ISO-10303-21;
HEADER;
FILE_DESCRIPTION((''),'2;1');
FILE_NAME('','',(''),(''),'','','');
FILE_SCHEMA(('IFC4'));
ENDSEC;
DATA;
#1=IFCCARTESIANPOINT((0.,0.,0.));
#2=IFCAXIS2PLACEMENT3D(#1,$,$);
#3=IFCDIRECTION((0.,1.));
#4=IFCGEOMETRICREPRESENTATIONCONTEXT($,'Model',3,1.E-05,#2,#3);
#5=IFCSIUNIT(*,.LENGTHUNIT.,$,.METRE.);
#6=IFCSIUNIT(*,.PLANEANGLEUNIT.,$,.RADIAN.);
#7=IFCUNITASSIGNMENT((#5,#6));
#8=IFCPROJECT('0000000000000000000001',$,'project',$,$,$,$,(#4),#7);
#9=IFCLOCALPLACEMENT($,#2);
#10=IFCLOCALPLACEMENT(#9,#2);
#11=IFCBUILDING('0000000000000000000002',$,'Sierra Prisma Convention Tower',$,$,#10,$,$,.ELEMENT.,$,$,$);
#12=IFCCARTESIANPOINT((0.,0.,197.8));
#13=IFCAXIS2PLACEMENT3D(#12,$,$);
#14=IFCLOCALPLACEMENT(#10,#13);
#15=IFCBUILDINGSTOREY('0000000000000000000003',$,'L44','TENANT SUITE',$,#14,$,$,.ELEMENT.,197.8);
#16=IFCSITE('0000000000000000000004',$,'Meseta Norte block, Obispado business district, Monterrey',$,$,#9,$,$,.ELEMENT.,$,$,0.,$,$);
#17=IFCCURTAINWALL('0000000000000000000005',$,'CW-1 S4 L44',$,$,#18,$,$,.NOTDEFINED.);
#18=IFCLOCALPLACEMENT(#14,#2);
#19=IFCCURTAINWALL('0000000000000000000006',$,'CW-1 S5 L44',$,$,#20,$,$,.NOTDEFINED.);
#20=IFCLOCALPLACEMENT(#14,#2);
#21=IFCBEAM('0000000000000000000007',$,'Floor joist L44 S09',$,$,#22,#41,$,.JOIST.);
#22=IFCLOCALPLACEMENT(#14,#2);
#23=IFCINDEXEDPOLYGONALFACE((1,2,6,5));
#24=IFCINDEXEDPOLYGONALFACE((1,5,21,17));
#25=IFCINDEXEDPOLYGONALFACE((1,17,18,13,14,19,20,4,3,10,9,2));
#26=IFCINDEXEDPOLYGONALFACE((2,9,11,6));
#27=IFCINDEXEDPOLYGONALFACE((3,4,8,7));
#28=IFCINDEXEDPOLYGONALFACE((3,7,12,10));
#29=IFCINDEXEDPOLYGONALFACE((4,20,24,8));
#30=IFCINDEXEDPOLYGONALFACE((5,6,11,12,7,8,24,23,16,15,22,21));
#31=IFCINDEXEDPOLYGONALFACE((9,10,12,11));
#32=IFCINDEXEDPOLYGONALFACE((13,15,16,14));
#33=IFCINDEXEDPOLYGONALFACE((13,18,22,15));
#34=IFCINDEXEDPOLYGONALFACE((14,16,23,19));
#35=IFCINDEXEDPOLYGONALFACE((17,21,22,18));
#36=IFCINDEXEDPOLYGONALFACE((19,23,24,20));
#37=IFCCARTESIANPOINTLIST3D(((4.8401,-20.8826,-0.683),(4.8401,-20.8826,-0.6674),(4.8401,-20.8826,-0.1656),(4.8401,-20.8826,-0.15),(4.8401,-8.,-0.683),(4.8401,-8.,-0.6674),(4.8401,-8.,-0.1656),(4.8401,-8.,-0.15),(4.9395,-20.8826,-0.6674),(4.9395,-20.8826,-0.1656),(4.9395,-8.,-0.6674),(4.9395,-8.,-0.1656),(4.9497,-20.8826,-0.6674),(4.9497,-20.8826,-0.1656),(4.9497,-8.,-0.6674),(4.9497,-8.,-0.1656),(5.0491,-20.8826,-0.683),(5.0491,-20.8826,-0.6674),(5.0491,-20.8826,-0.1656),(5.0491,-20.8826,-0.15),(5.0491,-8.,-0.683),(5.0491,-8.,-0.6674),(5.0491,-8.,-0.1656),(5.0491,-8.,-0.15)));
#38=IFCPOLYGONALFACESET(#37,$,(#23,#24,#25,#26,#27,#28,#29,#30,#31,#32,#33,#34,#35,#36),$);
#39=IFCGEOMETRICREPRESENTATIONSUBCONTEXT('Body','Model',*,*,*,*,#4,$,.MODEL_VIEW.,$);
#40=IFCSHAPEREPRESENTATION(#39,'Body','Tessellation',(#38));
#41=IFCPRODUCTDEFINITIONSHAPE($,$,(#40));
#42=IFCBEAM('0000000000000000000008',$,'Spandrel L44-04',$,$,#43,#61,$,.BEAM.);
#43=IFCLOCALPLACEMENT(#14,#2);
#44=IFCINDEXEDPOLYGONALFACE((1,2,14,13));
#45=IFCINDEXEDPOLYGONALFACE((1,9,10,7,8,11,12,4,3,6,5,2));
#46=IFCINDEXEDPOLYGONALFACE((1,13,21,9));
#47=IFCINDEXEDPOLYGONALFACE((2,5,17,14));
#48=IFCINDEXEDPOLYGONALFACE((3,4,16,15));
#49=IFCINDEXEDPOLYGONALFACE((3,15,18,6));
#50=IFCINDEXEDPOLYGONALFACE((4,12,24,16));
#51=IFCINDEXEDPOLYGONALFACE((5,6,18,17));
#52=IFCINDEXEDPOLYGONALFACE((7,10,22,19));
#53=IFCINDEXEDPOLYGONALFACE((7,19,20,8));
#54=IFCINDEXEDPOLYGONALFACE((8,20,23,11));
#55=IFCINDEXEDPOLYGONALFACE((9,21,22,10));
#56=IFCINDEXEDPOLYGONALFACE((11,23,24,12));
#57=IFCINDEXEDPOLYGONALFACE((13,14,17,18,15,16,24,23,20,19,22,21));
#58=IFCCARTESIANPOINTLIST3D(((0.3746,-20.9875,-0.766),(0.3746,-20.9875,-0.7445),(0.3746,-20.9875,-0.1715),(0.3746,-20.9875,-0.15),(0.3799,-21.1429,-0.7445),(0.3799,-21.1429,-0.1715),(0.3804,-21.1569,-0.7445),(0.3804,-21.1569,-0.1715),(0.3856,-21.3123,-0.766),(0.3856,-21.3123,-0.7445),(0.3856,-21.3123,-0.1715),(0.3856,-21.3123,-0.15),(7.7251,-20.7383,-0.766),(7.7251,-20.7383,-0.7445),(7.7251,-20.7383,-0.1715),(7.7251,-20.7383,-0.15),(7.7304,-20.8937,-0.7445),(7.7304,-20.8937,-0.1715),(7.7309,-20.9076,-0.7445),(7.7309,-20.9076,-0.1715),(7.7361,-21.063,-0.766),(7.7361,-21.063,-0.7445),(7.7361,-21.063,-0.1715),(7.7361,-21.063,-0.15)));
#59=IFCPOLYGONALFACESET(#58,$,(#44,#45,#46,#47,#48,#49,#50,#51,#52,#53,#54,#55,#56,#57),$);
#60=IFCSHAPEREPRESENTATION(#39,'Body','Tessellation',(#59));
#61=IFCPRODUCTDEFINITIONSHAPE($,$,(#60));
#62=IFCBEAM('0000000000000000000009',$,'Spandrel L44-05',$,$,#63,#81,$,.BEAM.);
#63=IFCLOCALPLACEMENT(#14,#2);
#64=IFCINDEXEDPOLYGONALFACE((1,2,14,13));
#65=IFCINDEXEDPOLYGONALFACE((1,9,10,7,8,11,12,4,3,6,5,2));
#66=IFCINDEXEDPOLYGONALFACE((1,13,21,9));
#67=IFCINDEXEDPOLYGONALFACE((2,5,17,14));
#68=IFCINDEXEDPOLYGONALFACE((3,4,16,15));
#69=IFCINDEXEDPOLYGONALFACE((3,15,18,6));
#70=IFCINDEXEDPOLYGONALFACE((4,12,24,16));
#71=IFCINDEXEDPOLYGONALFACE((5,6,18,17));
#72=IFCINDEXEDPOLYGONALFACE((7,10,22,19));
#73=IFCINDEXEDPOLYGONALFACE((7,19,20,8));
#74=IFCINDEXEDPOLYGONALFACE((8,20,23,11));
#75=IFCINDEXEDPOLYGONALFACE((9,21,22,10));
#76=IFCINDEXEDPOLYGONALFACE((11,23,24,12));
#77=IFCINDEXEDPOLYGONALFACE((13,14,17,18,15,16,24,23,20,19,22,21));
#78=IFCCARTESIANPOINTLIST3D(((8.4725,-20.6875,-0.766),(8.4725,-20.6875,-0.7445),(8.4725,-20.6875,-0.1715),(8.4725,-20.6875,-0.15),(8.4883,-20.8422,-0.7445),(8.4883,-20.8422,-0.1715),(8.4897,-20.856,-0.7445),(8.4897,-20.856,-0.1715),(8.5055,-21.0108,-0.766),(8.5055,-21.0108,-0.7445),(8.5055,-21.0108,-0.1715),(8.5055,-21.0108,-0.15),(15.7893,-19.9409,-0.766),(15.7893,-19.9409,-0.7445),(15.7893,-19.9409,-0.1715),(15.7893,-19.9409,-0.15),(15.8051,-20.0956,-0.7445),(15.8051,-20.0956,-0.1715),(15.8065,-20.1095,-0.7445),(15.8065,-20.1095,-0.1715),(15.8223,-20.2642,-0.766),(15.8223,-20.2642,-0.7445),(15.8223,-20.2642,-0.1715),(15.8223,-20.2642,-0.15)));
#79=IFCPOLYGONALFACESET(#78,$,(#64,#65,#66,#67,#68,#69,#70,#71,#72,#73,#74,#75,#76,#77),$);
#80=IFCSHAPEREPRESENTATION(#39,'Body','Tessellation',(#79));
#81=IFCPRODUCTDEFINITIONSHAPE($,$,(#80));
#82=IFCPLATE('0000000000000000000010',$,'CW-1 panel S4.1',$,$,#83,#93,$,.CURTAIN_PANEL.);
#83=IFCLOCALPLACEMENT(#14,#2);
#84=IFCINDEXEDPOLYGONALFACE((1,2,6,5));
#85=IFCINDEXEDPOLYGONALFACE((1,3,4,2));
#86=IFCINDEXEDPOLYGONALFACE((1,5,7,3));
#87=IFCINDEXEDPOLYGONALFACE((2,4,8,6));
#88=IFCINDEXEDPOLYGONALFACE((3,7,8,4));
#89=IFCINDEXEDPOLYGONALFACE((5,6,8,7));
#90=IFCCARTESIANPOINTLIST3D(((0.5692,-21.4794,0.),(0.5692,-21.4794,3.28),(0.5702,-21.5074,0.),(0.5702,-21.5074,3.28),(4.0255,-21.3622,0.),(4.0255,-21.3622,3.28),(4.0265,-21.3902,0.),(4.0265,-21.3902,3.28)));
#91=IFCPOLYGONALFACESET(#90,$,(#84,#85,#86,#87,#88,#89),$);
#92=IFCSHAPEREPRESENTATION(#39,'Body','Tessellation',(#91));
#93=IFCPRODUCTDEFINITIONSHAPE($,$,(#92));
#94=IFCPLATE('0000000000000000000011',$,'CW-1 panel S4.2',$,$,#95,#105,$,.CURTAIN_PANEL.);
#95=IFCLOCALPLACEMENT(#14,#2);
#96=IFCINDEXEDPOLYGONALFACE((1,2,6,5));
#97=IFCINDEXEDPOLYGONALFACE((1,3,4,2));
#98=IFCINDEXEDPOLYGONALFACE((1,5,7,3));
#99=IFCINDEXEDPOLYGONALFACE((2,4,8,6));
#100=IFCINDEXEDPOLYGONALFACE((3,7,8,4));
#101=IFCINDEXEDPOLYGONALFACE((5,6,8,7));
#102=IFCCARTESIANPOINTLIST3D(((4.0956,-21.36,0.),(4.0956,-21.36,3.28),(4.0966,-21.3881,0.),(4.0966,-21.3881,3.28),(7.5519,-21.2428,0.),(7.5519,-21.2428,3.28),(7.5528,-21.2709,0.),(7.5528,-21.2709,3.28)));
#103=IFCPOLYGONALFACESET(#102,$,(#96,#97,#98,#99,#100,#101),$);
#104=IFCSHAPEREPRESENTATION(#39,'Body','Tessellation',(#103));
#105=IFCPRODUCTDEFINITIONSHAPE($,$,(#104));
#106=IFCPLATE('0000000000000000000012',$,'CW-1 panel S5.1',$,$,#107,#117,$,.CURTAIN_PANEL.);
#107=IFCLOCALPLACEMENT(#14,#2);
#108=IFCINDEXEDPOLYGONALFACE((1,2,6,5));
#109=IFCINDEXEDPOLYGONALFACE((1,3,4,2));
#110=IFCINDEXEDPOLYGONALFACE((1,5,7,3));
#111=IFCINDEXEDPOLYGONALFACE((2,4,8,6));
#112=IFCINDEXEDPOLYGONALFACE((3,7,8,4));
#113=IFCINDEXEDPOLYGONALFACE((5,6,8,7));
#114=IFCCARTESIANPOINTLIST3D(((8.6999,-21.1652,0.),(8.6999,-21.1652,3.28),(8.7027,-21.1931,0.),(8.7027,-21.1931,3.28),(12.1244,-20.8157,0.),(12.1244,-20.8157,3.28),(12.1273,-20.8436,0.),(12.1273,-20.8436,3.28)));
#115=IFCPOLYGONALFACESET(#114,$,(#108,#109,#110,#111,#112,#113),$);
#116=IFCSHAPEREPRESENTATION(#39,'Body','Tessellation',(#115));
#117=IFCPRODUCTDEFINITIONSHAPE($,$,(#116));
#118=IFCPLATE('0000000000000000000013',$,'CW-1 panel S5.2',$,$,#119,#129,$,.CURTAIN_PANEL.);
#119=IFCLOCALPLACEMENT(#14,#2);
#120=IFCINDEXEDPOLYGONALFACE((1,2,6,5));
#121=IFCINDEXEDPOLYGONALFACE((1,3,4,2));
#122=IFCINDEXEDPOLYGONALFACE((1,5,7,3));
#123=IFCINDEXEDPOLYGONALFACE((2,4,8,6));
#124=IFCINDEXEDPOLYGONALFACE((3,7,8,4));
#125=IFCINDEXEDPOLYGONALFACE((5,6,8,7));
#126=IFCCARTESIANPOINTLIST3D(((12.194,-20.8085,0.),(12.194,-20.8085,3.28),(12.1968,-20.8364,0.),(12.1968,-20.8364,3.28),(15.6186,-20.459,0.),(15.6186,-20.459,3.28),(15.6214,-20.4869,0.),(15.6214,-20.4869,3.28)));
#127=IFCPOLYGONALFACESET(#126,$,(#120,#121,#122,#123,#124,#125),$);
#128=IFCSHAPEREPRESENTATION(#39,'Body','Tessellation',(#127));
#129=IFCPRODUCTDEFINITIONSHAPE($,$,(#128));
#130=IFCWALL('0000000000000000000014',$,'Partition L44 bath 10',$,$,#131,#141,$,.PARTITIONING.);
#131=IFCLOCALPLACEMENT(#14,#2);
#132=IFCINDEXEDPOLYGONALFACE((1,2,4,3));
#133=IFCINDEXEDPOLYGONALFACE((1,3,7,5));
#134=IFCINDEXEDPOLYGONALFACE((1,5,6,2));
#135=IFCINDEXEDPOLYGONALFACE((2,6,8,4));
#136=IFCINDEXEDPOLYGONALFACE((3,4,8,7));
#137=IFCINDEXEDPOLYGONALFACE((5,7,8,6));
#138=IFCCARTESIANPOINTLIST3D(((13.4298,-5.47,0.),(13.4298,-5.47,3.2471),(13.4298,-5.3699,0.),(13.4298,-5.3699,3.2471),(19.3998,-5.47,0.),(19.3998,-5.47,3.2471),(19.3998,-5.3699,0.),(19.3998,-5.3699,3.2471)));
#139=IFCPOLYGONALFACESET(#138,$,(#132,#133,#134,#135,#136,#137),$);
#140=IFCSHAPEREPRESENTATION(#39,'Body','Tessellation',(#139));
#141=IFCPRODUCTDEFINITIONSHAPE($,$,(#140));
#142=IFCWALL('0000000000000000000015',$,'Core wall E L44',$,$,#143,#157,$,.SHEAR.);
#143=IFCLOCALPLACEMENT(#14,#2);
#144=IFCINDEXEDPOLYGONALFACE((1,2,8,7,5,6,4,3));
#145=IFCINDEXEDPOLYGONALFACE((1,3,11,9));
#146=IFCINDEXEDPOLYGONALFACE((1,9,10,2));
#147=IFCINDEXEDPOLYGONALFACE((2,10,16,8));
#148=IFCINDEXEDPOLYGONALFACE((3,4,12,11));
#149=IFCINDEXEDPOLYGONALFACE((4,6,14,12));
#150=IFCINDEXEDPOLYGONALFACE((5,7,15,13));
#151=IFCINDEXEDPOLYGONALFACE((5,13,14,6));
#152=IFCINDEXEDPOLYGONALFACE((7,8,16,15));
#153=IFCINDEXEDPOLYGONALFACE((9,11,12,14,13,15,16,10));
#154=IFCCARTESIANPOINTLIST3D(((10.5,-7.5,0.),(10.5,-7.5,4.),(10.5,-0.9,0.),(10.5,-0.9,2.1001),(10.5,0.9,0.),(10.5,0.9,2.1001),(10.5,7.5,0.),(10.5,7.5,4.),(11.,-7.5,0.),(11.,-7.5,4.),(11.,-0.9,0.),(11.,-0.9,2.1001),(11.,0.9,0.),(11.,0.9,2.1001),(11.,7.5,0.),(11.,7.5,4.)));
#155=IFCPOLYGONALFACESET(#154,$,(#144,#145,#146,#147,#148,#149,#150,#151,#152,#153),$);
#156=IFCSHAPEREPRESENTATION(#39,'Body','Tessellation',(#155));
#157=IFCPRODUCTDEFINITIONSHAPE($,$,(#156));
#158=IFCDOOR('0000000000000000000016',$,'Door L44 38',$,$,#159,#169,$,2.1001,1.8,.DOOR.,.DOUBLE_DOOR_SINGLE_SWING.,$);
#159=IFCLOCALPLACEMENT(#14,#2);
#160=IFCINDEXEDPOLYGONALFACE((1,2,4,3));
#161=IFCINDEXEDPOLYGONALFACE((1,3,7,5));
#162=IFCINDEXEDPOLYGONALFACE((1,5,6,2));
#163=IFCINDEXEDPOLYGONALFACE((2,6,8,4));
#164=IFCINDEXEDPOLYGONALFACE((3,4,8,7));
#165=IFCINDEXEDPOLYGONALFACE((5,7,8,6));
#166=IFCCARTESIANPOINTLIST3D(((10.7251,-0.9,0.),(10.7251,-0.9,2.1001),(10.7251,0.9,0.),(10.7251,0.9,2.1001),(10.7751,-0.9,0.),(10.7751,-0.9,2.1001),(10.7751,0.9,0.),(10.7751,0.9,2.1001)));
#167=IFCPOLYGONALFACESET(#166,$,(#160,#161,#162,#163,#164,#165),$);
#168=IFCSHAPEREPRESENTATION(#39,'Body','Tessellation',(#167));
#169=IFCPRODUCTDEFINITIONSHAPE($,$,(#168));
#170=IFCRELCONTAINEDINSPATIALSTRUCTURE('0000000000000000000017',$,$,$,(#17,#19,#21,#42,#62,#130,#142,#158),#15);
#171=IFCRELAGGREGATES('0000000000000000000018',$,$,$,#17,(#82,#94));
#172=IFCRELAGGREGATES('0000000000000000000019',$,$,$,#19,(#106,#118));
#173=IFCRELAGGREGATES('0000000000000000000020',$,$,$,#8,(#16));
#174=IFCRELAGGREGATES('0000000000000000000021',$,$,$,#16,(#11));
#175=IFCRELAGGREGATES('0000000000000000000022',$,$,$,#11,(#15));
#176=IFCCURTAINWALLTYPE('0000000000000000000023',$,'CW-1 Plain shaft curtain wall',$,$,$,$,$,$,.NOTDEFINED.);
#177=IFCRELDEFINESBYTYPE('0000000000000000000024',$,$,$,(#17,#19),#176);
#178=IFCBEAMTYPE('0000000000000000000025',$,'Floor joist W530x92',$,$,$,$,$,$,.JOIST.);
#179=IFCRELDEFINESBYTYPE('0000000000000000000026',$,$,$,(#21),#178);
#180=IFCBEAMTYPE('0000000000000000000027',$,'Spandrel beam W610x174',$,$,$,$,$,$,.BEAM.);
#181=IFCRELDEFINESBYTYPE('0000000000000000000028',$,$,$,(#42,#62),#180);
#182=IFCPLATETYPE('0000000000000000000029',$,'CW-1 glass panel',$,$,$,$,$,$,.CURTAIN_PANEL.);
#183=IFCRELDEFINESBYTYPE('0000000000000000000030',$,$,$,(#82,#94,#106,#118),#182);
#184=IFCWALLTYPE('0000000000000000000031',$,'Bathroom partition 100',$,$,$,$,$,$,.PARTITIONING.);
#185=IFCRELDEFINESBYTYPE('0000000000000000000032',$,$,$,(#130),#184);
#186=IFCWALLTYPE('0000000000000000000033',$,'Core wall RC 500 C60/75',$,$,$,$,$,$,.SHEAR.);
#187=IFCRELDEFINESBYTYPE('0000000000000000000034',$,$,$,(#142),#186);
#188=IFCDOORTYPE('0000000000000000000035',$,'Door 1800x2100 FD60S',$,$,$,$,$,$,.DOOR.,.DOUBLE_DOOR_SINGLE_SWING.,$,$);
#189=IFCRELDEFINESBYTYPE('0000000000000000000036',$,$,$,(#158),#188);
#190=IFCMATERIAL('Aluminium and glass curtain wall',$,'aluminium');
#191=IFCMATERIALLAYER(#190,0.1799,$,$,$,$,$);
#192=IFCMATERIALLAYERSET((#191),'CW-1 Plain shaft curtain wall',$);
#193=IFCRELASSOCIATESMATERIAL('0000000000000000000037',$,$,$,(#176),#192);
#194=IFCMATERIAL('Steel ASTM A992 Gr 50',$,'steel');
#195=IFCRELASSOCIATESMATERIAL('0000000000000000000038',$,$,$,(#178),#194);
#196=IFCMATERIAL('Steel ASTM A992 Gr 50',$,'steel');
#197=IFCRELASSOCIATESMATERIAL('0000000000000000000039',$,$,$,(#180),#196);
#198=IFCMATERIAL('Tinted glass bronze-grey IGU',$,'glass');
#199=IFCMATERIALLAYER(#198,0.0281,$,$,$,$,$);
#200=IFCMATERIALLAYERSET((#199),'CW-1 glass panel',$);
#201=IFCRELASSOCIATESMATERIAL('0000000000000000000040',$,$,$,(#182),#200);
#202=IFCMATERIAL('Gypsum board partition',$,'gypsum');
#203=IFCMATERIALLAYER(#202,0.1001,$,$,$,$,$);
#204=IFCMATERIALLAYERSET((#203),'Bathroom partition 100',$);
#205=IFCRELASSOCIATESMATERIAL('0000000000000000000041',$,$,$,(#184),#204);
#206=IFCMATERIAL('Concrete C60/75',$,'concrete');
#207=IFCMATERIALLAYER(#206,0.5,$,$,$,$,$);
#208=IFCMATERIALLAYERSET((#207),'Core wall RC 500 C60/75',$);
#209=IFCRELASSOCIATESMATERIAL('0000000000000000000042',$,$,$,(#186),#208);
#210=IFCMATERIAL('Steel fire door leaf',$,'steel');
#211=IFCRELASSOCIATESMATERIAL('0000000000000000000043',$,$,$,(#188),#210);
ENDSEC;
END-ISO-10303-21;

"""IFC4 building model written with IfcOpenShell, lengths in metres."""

from ifc_helpers import new_model, si_unit, direction, frame, frame_2d, origin, origin_2d, place, context, subcontext, project, spatial, rectangle, i_section, extrude, material, layer, layer_set, material_profile, profile_set, type_object, element, fill, aggregate, save


model = new_model("IFC4")

# Units and contexts
model_context = context("Model", 3, precision=1e-05, world=origin(), true_north=direction((0.0, 1.0)))
body_context = subcontext(model_context, "Body", "Model", "MODEL_VIEW")
ifc_project = project(units=[si_unit("LENGTHUNIT", "METRE"), si_unit("PLANEANGLEUNIT", "RADIAN")], contexts=[model_context])

# Site, building, storey
site_placement = place(None, origin())
site = spatial("IfcSite", under=ifc_project, at=site_placement, Name="Meseta Norte block, Obispado business district, Monterrey", CompositionType="ELEMENT", RefElevation=0.0)
building_placement = place(site_placement, origin())
building = spatial("IfcBuilding", under=site, at=building_placement, Name="Sierra Prisma Convention Tower", CompositionType="ELEMENT")
storey_placement = place(building_placement, frame((0.0, 0.0, 197.8)))
storey = spatial("IfcBuildingStorey", under=building, at=storey_placement, Name="L44", Description="TENANT SUITE", CompositionType="ELEMENT", Elevation=197.8)

# Curtain wall
ifc_material_1 = material(Name="Aluminium and glass curtain wall", Category="aluminium")
ifc_layer_1 = layer(ifc_material_1, 0.1799)
ifc_layer_set_1 = layer_set([ifc_layer_1], Name="CW-1 Plain shaft curtain wall")
curtain_wall_type = type_object("IfcCurtainWallType", Name="CW-1 Plain shaft curtain wall", PredefinedType="NOTDEFINED", material=ifc_layer_set_1)
curtain_wall_1_placement = place(storey_placement, origin())
curtain_wall_1 = element("IfcCurtainWall", 1, at=curtain_wall_1_placement, inside=storey, type_object=curtain_wall_type, Name="CW-1 S4 L44", PredefinedType="NOTDEFINED")

# Curtain wall
curtain_wall_2_placement = place(storey_placement, origin())
curtain_wall_2 = element("IfcCurtainWall", 2, at=curtain_wall_2_placement, inside=storey, type_object=curtain_wall_type, Name="CW-1 S5 L44", PredefinedType="NOTDEFINED")

# Beams
ifc_material_2 = material(Name="Steel ASTM A992 Gr 50", Category="steel")
ifc_material_profile_1 = material_profile(ifc_material_2, i_section(OverallWidth=0.209, OverallDepth=0.533, WebThickness=0.0103, FlangeThickness=0.0156, at=origin_2d()), Name="W530x92")
ifc_profile_set_1 = profile_set([ifc_material_profile_1], Name="Steel ASTM A992 Gr 50")
beam_type_1 = type_object("IfcBeamType", Name="Floor joist W530x92", PredefinedType="JOIST", material=ifc_profile_set_1)
beam_1_placement = place(storey_placement, frame((4.9446, -20.8826, -0.4165), z_axis=(0.0, 1.0, 0.0), x_axis=(-1.0, 0.0, 0.0)))
element("IfcBeam", 3, at=beam_1_placement, inside=storey, type_object=beam_type_1, Name="Floor joist L44 S09", PredefinedType="JOIST", context=body_context, shape_type="SweptSolid", body=[
    extrude(i_section(OverallWidth=0.209, OverallDepth=0.533, WebThickness=0.0103, FlangeThickness=0.0156, at=origin_2d()), origin(), (0.0, 0.0, 1.0), 12.8826),
])
ifc_material_3 = material(Name="Steel ASTM A992 Gr 50", Category="steel")
ifc_material_profile_2 = material_profile(ifc_material_3, i_section(OverallWidth=0.325, OverallDepth=0.616, WebThickness=0.0139, FlangeThickness=0.0215, at=origin_2d()), Name="W610x174")
ifc_profile_set_2 = profile_set([ifc_material_profile_2], Name="Steel ASTM A992 Gr 50")
beam_type_2 = type_object("IfcBeamType", Name="Spandrel beam W610x174", PredefinedType="BEAM", material=ifc_profile_set_2)
for number, where, z_axis, x_axis, name in (
    (4, (0.3801, -21.1499, -0.458), (0.999426, 0.033892, 0.0), (-0.033892, 0.999426, 0.0), "Spandrel L44-04"),
    (5, (8.489, -20.8491, -0.458), (0.994834, 0.101512, 0.0), (-0.101512, 0.994834, 0.0), "Spandrel L44-05"),
):
    element("IfcBeam", number, at=place(storey_placement, frame(where, z_axis=z_axis, x_axis=x_axis)), inside=storey, type_object=beam_type_2, Name=name, PredefinedType="BEAM", context=body_context, shape_type="SweptSolid", body=[
        extrude(i_section(OverallWidth=0.325, OverallDepth=0.616, WebThickness=0.0139, FlangeThickness=0.0215, at=origin_2d()), origin(), (0.0, 0.0, 1.0), 7.3547),
    ])

# Plates
ifc_material_4 = material(Name="Tinted glass bronze-grey IGU", Category="glass")
ifc_layer_2 = layer(ifc_material_4, 0.0281)
ifc_layer_set_2 = layer_set([ifc_layer_2], Name="CW-1 glass panel")
plate_type = type_object("IfcPlateType", Name="CW-1 glass panel", PredefinedType="CURTAIN_PANEL", material=ifc_layer_set_2)
plate_1_placement = place(storey_placement, frame((2.2979, -21.4348, 0.0), z_axis=(0.0, 0.0, 1.0), x_axis=(0.999425, 0.033893, 0.0)))
plate_1 = element("IfcPlate", 6, at=plate_1_placement, type_object=plate_type, Name="CW-1 panel S4.1", PredefinedType="CURTAIN_PANEL", context=body_context, shape_type="SweptSolid", body=[
    extrude(rectangle(XDim=3.4583, YDim=0.0281, at=origin_2d()), origin(), (0.0, 0.0, 1.0), 3.28),
])
plate_2_placement = place(storey_placement, frame((5.8242, -21.3154, 0.0), z_axis=(0.0, 0.0, 1.0), x_axis=(0.999425, 0.033893, 0.0)))
plate_2 = element("IfcPlate", 7, at=plate_2_placement, type_object=plate_type, Name="CW-1 panel S4.2", PredefinedType="CURTAIN_PANEL", context=body_context, shape_type="SweptSolid", body=[
    extrude(rectangle(XDim=3.4583, YDim=0.0281, at=origin_2d()), origin(), (0.0, 0.0, 1.0), 3.28),
])
aggregate(curtain_wall_1, [plate_1, plate_2])
plate_3_placement = place(storey_placement, frame((10.4136, -21.0044, 0.0), z_axis=(0.0, 0.0, 1.0), x_axis=(0.994833, 0.101523, 0.0)))
plate_3 = element("IfcPlate", 8, at=plate_3_placement, type_object=plate_type, Name="CW-1 panel S5.1", PredefinedType="CURTAIN_PANEL", context=body_context, shape_type="SweptSolid", body=[
    extrude(rectangle(XDim=3.4424, YDim=0.0281, at=origin_2d()), origin(), (0.0, 0.0, 1.0), 3.28),
])
plate_4_placement = place(storey_placement, frame((13.9077, -20.6477, 0.0), z_axis=(0.0, 0.0, 1.0), x_axis=(0.994833, 0.101523, 0.0)))
plate_4 = element("IfcPlate", 9, at=plate_4_placement, type_object=plate_type, Name="CW-1 panel S5.2", PredefinedType="CURTAIN_PANEL", context=body_context, shape_type="SweptSolid", body=[
    extrude(rectangle(XDim=3.4424, YDim=0.0281, at=origin_2d()), origin(), (0.0, 0.0, 1.0), 3.28),
])
aggregate(curtain_wall_2, [plate_3, plate_4])

# Wall
ifc_material_5 = material(Name="Gypsum board partition", Category="gypsum")
ifc_layer_3 = layer(ifc_material_5, 0.1001)
ifc_layer_set_3 = layer_set([ifc_layer_3], Name="Bathroom partition 100")
wall_type_1 = type_object("IfcWallType", Name="Bathroom partition 100", PredefinedType="PARTITIONING", material=ifc_layer_set_3)
wall_1_placement = place(storey_placement, frame((13.4299, -5.4199, 0.0), z_axis=(0.0, 0.0, 1.0), x_axis=(1.0, 0.0, 0.0)))
element("IfcWall", 10, at=wall_1_placement, inside=storey, type_object=wall_type_1, Name="Partition L44 bath 10", PredefinedType="PARTITIONING", context=body_context, shape_type="SweptSolid", body=[
    extrude(rectangle(XDim=5.97, YDim=0.1001, at=frame_2d((2.9849, 0.0))), origin(), (0.0, 0.0, 1.0), 3.2471),
])

# Wall, opening, door
ifc_material_6 = material(Name="Concrete C60/75", Category="concrete")
ifc_layer_4 = layer(ifc_material_6, 0.5)
ifc_layer_set_4 = layer_set([ifc_layer_4], Name="Core wall RC 500 C60/75")
wall_type_2 = type_object("IfcWallType", Name="Core wall RC 500 C60/75", PredefinedType="SHEAR", material=ifc_layer_set_4)
wall_2_placement = place(storey_placement, frame((10.75, -7.5, 0.0), z_axis=(0.0, 0.0, 1.0), x_axis=(0.0, 1.0, 0.0)))
wall_2 = element("IfcWall", 11, at=wall_2_placement, inside=storey, type_object=wall_type_2, Name="Core wall E L44", PredefinedType="SHEAR", context=body_context, shape_type="SweptSolid", body=[
    extrude(rectangle(XDim=15.0, YDim=0.5, at=frame_2d((7.5, 0.0))), origin(), (0.0, 0.0, 1.0), 4.0),
])
opening_1_placement = place(wall_2_placement, frame((6.6001, 0.0, 0.0)))
opening_1 = element("IfcOpeningElement", 12, at=opening_1_placement, cuts=wall_2, PredefinedType="OPENING", context=body_context, shape_type="SweptSolid", body=[
    extrude(rectangle(XDim=1.8, YDim=2.1001, at=frame_2d((0.8999, 1.05))), frame((0.0, 0.25, 0.0), z_axis=(0.0, -1.0, 0.0), x_axis=(1.0, 0.0, 0.0)), (0.0, 0.0, 1.0), 0.5),
])
ifc_material_7 = material(Name="Steel fire door leaf", Category="steel")
door_type_1 = type_object("IfcDoorType", Name="Door 1800x2100 FD60S", OperationType="DOUBLE_DOOR_SINGLE_SWING", PredefinedType="DOOR", material=ifc_material_7)
door_1_placement = place(opening_1_placement, origin())
door_1 = element("IfcDoor", 13, at=door_1_placement, inside=storey, type_object=door_type_1, Name="Door L44 38", OperationType="DOUBLE_DOOR_SINGLE_SWING", OverallHeight=2.1001, OverallWidth=1.8, PredefinedType="DOOR", context=body_context, shape_type="SweptSolid", body=[
    extrude(rectangle(XDim=1.8, YDim=2.1001, at=frame_2d((0.8999, 1.05))), frame((0.0, 0.0249, 0.0), z_axis=(0.0, -1.0, 0.0), x_axis=(1.0, 0.0, 0.0)), (0.0, 0.0, 1.0), 0.05),
])
fill(opening_1, door_1)

save(model, "model.ifc")
